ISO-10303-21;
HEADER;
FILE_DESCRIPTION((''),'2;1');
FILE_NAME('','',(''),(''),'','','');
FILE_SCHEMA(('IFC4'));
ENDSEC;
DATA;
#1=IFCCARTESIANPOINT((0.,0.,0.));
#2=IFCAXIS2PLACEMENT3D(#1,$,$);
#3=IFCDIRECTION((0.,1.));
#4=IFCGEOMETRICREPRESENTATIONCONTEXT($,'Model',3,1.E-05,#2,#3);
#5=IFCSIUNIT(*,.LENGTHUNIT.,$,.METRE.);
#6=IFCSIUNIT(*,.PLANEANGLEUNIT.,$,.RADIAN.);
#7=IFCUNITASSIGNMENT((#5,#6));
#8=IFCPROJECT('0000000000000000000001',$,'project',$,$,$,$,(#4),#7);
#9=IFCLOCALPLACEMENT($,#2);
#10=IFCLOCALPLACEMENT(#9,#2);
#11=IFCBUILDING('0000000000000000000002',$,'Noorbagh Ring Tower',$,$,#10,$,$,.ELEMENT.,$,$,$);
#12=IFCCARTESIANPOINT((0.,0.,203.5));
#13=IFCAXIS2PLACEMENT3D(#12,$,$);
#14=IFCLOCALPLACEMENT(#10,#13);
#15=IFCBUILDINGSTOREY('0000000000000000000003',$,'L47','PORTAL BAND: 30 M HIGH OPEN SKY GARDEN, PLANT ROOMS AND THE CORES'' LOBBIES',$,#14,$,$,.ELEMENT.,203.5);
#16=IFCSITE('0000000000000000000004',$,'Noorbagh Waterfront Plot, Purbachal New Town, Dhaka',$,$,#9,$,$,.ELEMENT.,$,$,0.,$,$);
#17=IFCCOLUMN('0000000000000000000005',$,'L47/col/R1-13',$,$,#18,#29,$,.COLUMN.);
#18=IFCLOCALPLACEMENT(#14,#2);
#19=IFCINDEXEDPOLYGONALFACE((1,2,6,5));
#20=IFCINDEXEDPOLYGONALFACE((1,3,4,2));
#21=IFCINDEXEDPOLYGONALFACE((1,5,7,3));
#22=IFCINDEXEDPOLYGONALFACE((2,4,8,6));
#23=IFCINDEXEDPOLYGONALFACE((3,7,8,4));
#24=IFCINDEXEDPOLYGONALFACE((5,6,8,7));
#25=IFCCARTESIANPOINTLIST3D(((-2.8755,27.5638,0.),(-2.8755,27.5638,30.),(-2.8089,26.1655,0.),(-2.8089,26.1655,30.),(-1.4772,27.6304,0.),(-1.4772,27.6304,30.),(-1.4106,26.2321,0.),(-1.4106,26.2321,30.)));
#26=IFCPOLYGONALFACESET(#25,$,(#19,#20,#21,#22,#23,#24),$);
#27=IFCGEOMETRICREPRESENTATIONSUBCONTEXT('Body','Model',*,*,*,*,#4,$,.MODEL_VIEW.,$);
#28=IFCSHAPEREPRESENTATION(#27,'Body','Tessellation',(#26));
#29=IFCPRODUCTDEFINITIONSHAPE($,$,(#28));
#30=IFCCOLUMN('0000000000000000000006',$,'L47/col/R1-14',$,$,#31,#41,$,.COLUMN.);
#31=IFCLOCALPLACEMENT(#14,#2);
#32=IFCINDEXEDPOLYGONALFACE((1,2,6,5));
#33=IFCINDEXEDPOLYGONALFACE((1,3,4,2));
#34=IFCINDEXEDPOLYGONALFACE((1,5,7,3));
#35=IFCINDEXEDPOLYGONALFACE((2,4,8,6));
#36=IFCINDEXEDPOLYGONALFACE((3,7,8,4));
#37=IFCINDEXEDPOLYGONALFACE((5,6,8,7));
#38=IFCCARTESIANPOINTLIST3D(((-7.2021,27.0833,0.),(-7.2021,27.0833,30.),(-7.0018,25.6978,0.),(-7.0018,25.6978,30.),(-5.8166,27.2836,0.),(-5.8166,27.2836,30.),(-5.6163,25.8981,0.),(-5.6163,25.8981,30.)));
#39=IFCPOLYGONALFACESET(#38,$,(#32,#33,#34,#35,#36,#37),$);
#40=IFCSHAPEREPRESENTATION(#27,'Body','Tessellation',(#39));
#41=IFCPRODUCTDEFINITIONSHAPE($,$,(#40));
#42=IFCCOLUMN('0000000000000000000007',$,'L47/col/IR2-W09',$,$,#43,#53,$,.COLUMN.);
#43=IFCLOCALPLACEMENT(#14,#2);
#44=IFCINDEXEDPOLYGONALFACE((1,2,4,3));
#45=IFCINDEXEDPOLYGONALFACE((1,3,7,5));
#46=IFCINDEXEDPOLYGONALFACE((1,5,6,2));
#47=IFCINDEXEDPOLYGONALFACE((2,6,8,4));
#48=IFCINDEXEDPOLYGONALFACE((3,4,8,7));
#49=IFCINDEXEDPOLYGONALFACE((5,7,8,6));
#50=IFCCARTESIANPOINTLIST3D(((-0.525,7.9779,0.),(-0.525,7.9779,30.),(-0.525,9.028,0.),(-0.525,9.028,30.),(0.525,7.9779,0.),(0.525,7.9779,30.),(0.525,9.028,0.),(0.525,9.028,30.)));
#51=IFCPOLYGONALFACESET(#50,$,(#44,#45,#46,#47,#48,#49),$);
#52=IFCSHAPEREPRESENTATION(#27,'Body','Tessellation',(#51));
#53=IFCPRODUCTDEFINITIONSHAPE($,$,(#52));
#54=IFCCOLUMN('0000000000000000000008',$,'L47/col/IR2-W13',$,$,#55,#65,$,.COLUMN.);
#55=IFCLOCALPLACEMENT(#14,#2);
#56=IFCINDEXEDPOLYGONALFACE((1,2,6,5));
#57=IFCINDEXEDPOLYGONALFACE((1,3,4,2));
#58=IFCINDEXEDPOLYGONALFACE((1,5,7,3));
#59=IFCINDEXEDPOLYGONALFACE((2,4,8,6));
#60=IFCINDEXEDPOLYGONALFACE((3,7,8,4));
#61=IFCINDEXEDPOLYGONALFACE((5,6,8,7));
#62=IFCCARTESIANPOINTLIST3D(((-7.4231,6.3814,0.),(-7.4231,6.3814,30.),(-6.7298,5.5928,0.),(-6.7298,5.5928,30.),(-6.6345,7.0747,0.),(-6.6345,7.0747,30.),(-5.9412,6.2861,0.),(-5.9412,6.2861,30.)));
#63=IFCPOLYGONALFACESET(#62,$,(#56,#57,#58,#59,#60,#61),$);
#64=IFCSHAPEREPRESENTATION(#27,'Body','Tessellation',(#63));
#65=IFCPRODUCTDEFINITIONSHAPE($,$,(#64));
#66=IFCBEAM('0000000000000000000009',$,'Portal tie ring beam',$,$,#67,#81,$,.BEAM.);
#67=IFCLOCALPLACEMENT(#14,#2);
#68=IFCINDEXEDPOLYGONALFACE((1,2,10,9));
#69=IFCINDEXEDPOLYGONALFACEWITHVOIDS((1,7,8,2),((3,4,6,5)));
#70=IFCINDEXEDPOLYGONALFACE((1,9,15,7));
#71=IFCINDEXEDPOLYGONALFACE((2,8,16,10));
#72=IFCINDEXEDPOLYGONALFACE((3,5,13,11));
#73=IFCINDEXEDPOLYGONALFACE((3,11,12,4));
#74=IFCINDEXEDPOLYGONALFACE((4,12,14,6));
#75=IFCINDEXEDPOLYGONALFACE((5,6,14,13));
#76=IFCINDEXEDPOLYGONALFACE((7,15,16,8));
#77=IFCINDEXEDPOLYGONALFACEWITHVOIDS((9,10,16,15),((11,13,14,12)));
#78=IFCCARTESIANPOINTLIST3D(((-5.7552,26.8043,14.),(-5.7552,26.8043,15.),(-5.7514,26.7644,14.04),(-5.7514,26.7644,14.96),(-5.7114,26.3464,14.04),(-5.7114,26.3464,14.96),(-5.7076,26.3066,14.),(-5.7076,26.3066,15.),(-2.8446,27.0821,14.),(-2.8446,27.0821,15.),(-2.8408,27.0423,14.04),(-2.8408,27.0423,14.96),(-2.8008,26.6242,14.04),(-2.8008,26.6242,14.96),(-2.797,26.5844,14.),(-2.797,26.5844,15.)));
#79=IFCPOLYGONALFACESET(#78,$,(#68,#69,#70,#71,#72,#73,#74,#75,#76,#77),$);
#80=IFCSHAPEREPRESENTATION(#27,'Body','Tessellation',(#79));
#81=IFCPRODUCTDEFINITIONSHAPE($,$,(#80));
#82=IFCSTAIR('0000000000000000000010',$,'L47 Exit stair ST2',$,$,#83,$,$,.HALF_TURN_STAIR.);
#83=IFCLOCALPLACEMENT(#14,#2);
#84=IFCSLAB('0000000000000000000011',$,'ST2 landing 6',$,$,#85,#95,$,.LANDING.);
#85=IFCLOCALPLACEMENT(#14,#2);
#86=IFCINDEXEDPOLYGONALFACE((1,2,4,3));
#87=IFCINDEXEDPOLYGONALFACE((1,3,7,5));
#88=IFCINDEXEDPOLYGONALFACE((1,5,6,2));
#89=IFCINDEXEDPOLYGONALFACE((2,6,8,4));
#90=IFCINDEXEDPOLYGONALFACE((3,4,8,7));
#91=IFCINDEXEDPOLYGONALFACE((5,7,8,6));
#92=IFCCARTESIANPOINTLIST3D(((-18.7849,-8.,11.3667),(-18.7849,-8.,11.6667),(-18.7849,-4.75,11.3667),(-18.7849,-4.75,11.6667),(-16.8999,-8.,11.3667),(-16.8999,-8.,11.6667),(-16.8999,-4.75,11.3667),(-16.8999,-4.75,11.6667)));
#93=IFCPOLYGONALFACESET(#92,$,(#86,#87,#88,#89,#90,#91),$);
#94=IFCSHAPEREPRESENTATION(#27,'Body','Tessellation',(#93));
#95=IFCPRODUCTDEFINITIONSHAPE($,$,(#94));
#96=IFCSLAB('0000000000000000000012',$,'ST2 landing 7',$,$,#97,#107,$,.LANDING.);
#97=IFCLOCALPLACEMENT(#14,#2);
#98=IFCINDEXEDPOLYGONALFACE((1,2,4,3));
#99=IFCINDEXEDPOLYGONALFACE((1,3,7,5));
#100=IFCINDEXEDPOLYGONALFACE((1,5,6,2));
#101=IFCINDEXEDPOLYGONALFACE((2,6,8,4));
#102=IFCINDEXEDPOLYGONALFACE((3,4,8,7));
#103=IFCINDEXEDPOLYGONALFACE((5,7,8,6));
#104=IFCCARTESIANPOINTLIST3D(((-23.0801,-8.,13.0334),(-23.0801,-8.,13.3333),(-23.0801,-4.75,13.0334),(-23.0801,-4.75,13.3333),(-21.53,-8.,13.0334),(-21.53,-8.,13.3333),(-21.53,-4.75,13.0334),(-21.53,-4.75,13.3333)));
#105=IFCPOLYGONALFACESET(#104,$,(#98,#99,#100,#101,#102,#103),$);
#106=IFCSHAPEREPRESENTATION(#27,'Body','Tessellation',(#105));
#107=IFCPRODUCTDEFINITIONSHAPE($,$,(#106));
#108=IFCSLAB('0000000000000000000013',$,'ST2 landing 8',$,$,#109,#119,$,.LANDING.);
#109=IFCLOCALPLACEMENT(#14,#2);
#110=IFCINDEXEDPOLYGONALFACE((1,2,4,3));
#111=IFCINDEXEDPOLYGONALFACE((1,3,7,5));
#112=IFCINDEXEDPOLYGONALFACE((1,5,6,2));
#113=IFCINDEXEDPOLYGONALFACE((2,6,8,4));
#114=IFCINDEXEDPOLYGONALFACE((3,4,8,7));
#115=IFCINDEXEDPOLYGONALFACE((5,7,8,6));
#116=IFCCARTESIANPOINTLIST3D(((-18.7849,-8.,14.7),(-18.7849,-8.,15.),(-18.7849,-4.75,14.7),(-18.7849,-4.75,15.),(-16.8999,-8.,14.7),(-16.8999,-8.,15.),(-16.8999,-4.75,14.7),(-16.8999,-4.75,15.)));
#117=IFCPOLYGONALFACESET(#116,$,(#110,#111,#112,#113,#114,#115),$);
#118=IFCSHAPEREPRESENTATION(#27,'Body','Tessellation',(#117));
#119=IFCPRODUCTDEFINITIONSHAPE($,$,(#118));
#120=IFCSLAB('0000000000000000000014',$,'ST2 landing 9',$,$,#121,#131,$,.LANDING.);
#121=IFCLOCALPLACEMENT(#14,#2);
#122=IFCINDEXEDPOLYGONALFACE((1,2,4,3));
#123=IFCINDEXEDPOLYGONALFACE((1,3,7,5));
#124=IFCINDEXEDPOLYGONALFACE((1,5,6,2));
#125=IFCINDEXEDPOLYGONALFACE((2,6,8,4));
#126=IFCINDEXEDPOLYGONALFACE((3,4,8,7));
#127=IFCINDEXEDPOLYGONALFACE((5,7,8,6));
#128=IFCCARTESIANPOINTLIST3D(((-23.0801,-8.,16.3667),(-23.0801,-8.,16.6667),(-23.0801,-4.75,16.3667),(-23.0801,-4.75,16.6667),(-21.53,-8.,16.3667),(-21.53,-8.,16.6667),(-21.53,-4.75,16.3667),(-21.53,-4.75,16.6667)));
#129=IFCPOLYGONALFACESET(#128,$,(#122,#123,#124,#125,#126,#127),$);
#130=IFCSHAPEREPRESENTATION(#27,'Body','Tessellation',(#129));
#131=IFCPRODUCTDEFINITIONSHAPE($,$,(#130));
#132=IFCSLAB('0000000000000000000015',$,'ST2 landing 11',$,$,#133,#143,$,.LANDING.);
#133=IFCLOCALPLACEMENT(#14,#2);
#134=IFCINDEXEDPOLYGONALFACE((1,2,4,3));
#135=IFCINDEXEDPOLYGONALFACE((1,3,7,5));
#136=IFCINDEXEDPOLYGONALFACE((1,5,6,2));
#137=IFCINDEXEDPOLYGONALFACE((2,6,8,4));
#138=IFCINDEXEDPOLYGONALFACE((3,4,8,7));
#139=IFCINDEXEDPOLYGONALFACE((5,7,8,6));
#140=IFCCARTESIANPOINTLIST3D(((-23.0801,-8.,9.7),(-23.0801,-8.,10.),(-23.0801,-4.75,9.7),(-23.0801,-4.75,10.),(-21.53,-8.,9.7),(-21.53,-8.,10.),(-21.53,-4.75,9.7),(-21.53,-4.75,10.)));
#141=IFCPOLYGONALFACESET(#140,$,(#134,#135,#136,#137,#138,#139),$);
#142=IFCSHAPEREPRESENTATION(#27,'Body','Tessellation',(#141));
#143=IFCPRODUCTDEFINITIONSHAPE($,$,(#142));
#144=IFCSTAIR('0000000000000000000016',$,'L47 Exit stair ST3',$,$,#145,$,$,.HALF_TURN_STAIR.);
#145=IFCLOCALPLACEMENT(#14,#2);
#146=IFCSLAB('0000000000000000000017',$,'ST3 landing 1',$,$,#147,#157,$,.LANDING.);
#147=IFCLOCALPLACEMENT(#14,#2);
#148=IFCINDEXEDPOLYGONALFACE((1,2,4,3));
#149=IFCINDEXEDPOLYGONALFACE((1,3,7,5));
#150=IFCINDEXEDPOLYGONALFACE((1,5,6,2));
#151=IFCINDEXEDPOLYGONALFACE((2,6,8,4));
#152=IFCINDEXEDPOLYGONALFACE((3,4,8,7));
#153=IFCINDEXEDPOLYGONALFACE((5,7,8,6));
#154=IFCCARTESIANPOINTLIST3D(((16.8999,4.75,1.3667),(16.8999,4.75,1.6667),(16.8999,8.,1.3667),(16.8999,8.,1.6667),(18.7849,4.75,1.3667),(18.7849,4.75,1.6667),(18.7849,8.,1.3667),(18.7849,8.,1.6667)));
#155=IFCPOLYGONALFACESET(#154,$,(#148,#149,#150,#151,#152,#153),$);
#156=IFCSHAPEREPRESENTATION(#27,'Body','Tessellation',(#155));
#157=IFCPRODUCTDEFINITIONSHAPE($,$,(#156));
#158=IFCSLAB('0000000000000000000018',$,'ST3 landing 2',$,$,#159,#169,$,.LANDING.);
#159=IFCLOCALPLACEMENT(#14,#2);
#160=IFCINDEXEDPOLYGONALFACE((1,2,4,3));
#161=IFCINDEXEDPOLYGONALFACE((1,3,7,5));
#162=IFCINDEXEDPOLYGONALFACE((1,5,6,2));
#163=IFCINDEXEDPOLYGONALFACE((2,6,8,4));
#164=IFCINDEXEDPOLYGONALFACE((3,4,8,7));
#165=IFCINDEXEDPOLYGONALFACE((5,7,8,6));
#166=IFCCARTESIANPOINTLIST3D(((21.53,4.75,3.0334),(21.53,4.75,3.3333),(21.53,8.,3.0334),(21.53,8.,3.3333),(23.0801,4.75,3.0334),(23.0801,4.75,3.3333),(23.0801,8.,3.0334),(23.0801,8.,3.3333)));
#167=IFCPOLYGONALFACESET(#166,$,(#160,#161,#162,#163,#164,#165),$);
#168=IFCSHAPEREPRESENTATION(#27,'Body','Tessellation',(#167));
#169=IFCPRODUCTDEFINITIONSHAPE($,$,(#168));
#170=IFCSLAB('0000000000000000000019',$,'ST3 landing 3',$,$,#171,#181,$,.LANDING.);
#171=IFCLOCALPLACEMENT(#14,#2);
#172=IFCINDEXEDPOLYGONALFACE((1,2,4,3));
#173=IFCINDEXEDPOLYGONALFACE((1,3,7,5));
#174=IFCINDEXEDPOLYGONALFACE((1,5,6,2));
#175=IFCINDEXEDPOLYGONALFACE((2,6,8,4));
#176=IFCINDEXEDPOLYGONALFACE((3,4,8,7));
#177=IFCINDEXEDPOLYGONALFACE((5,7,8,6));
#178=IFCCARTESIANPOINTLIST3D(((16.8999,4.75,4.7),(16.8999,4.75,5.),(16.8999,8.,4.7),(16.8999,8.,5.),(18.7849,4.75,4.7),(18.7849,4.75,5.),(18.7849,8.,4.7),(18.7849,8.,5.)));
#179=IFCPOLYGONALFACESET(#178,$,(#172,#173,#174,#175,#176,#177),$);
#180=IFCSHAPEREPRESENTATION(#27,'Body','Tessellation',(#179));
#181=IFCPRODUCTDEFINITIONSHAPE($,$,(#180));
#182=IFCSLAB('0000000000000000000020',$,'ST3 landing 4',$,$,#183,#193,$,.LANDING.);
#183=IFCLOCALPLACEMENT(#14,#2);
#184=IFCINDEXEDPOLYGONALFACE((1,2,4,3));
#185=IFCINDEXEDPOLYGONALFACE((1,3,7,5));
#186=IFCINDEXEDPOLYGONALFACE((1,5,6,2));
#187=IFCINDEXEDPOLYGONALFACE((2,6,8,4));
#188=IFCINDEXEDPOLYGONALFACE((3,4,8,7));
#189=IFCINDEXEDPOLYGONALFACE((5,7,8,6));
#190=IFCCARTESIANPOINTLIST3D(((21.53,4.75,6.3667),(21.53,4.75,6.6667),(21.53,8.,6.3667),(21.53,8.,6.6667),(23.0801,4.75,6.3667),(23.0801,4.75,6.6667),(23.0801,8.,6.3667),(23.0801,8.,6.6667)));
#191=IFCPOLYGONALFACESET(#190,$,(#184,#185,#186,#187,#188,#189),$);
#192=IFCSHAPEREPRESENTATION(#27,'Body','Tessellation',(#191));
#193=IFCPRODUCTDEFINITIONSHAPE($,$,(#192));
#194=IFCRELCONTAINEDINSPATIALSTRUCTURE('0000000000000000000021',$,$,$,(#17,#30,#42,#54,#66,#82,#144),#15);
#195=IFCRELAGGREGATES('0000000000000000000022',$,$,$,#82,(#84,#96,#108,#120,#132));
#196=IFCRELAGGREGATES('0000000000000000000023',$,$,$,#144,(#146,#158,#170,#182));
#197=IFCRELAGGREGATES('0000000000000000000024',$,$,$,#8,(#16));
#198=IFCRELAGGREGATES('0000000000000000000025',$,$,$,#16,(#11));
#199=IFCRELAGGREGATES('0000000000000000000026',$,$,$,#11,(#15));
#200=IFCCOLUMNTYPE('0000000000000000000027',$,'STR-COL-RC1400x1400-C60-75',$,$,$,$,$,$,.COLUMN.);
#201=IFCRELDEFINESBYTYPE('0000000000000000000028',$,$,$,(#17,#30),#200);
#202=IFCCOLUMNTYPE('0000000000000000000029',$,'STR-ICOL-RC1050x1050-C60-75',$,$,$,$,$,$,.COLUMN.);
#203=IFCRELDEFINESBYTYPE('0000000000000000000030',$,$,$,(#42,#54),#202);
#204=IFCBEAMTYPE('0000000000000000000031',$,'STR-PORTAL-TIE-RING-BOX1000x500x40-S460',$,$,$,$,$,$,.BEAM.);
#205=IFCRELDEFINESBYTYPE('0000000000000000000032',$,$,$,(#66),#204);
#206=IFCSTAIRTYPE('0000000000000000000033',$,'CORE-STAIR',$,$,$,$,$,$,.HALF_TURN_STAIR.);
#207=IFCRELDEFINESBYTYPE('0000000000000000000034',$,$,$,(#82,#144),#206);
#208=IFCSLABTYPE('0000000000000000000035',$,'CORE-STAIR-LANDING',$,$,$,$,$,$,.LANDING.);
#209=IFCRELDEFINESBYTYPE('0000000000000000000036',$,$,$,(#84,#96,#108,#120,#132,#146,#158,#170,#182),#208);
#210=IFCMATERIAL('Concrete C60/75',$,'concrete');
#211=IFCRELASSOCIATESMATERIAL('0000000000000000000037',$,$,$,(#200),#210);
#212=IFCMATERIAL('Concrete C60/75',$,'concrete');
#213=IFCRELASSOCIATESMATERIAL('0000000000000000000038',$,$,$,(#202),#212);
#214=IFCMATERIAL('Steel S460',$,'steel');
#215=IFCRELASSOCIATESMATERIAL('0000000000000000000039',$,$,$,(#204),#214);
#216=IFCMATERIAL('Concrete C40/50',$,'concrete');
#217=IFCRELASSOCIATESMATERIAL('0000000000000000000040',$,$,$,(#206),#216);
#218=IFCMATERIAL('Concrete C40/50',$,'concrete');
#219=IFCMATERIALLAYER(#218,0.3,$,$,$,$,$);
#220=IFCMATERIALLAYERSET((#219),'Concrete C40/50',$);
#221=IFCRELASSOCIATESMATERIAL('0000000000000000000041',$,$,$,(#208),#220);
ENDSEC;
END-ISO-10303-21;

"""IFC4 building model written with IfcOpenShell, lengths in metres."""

from ifc_helpers import new_model, si_unit, direction, frame, origin, origin_2d, place, context, subcontext, project, spatial, polyline, rectangle, hollow_rectangle, outline, extrude, material, layer, layer_set, material_profile, profile_set, type_object, element, aggregate, save


model = new_model("IFC4")

# Units and contexts
model_context = context("Model", 3, precision=1e-05, world=origin(), true_north=direction((0.0, 1.0)))
body_context = subcontext(model_context, "Body", "Model", "MODEL_VIEW")
ifc_project = project(units=[si_unit("LENGTHUNIT", "METRE"), si_unit("PLANEANGLEUNIT", "RADIAN")], contexts=[model_context])

# Site, building, storey
site_placement = place(None, origin())
site = spatial("IfcSite", under=ifc_project, at=site_placement, Name="Noorbagh Waterfront Plot, Purbachal New Town, Dhaka", CompositionType="ELEMENT", RefElevation=0.0)
building_placement = place(site_placement, origin())
building = spatial("IfcBuilding", under=site, at=building_placement, Name="Noorbagh Ring Tower", CompositionType="ELEMENT")
storey_placement = place(building_placement, frame((0.0, 0.0, 203.5)))
storey = spatial("IfcBuildingStorey", under=building, at=storey_placement, Name="L47", Description="PORTAL BAND: 30 M HIGH OPEN SKY GARDEN, PLANT ROOMS AND THE CORES' LOBBIES", CompositionType="ELEMENT", Elevation=203.5)

# Columns
ifc_material_1 = material(Name="Concrete C60/75", Category="concrete")
ifc_material_profile_1 = material_profile(ifc_material_1, rectangle(XDim=1.3999, YDim=1.3999, at=origin_2d()), Name="RC1400x1400")
ifc_profile_set_1 = profile_set([ifc_material_profile_1], Name="Concrete C60/75")
column_type_1 = type_object("IfcColumnType", Name="STR-COL-RC1400x1400-C60-75", PredefinedType="COLUMN", material=ifc_profile_set_1)
for number, where, z_axis, x_axis, name in (
    (1, (-2.1431, 26.8979, 0.0), (0.0, 0.0, 1.0), (-0.998869, -0.047553, 0.0), "L47/col/R1-13"),
    (2, (-6.4092, 26.4907, 0.0), (0.0, 0.0, 1.0), (-0.989713, -0.143066, 0.0), "L47/col/R1-14"),
):
    element("IfcColumn", number, at=place(storey_placement, frame(where, z_axis=z_axis, x_axis=x_axis)), inside=storey, type_object=column_type_1, Name=name, PredefinedType="COLUMN", context=body_context, shape_type="SweptSolid", body=[
        extrude(rectangle(XDim=1.3999, YDim=1.3999, at=origin_2d()), origin(), (0.0, 0.0, 1.0), 30.0),
    ])
ifc_material_2 = material(Name="Concrete C60/75", Category="concrete")
ifc_material_profile_2 = material_profile(ifc_material_2, rectangle(XDim=1.05, YDim=1.05, at=origin_2d()), Name="RC1050x1050")
ifc_profile_set_2 = profile_set([ifc_material_profile_2], Name="Concrete C60/75")
column_type_2 = type_object("IfcColumnType", Name="STR-ICOL-RC1050x1050-C60-75", PredefinedType="COLUMN", material=ifc_profile_set_2)
for number, where, z_axis, x_axis, name in (
    (3, (0.0, 8.5029, 0.0), (0.0, 0.0, 1.0), (-1.0, 0.0, 0.0), "L47/col/IR2-W09"),
    (4, (-6.6821, 6.3337, 0.0), (0.0, 0.0, 1.0), (-0.751022, -0.660277, 0.0), "L47/col/IR2-W13"),
):
    element("IfcColumn", number, at=place(storey_placement, frame(where, z_axis=z_axis, x_axis=x_axis)), inside=storey, type_object=column_type_2, Name=name, PredefinedType="COLUMN", context=body_context, shape_type="SweptSolid", body=[
        extrude(rectangle(XDim=1.05, YDim=1.05, at=origin_2d()), origin(), (0.0, 0.0, 1.0), 30.0),
    ])

# Beam
ifc_material_3 = material(Name="Steel S460", Category="steel")
ifc_material_profile_3 = material_profile(ifc_material_3, hollow_rectangle(XDim=0.5, YDim=1.0, WallThickness=0.04, at=origin_2d()), Name="BOX1000x500x40")
ifc_profile_set_3 = profile_set([ifc_material_profile_3], Name="Steel S460")
beam_type = type_object("IfcBeamType", Name="STR-PORTAL-TIE-RING-BOX1000x500x40-S460", PredefinedType="BEAM", material=ifc_profile_set_3)
beam_placement = place(storey_placement, frame((-2.8208, 26.8333, 14.5), z_axis=(-0.995475, -0.095022, 0.0), x_axis=(0.095022, -0.995475, 0.0)))
element("IfcBeam", 5, at=beam_placement, inside=storey, type_object=beam_type, Name="Portal tie ring beam", PredefinedType="BEAM", context=body_context, shape_type="SweptSolid", body=[
    extrude(hollow_rectangle(XDim=0.5, YDim=1.0, WallThickness=0.04, at=origin_2d()), origin(), (0.0, 0.0, 1.0), 2.9238),
])

# Stairs, slabs
ifc_material_4 = material(Name="Concrete C40/50", Category="concrete")
stair_type = type_object("IfcStairType", Name="CORE-STAIR", PredefinedType="HALF_TURN_STAIR", material=ifc_material_4)
stair_1_placement = place(storey_placement, origin())
stair_1 = element("IfcStair", 6, at=stair_1_placement, inside=storey, type_object=stair_type, Name="L47 Exit stair ST2", PredefinedType="HALF_TURN_STAIR")
ifc_material_5 = material(Name="Concrete C40/50", Category="concrete")
ifc_layer_1 = layer(ifc_material_5, 0.3)
ifc_layer_set_1 = layer_set([ifc_layer_1], Name="Concrete C40/50")
slab_type = type_object("IfcSlabType", Name="CORE-STAIR-LANDING", PredefinedType="LANDING", material=ifc_layer_set_1)
slab_1_placement = place(storey_placement, frame((0.0, 0.0, 11.3667)))
slab_1 = element("IfcSlab", 7, at=slab_1_placement, type_object=slab_type, Name="ST2 landing 6", PredefinedType="LANDING", context=body_context, shape_type="SweptSolid", body=[
    extrude(outline(polyline([(-18.7849, -8.0), (-16.8999, -8.0), (-16.8999, -4.75), (-18.7849, -4.75), (-18.7849, -8.0)])), origin(), (0.0, 0.0, 1.0), 0.3),
])
slab_2_placement = place(storey_placement, frame((0.0, 0.0, 13.0334)))
slab_2 = element("IfcSlab", 8, at=slab_2_placement, type_object=slab_type, Name="ST2 landing 7", PredefinedType="LANDING", context=body_context, shape_type="SweptSolid", body=[
    extrude(outline(polyline([(-23.0801, -8.0), (-21.53, -8.0), (-21.53, -4.75), (-23.0801, -4.75), (-23.0801, -8.0)])), origin(), (0.0, 0.0, 1.0), 0.2998),
])
slab_3_placement = place(storey_placement, frame((0.0, 0.0, 14.7)))
slab_3 = element("IfcSlab", 9, at=slab_3_placement, type_object=slab_type, Name="ST2 landing 8", PredefinedType="LANDING", context=body_context, shape_type="SweptSolid", body=[
    extrude(outline(polyline([(-18.7849, -8.0), (-16.8999, -8.0), (-16.8999, -4.75), (-18.7849, -4.75), (-18.7849, -8.0)])), origin(), (0.0, 0.0, 1.0), 0.3),
])
slab_4_placement = place(storey_placement, frame((0.0, 0.0, 16.3667)))
slab_4 = element("IfcSlab", 10, at=slab_4_placement, type_object=slab_type, Name="ST2 landing 9", PredefinedType="LANDING", context=body_context, shape_type="SweptSolid", body=[
    extrude(outline(polyline([(-23.0801, -8.0), (-21.53, -8.0), (-21.53, -4.75), (-23.0801, -4.75), (-23.0801, -8.0)])), origin(), (0.0, 0.0, 1.0), 0.3),
])
slab_5_placement = place(storey_placement, frame((0.0, 0.0, 9.7)))
slab_5 = element("IfcSlab", 11, at=slab_5_placement, type_object=slab_type, Name="ST2 landing 11", PredefinedType="LANDING", context=body_context, shape_type="SweptSolid", body=[
    extrude(outline(polyline([(-23.0801, -8.0), (-21.53, -8.0), (-21.53, -4.75), (-23.0801, -4.75), (-23.0801, -8.0)])), origin(), (0.0, 0.0, 1.0), 0.3),
])
aggregate(stair_1, [slab_1, slab_2, slab_3, slab_4, slab_5])
stair_2_placement = place(storey_placement, origin())
stair_2 = element("IfcStair", 12, at=stair_2_placement, inside=storey, type_object=stair_type, Name="L47 Exit stair ST3", PredefinedType="HALF_TURN_STAIR")
slab_6_placement = place(storey_placement, frame((0.0, 0.0, 1.3667)))
slab_6 = element("IfcSlab", 13, at=slab_6_placement, type_object=slab_type, Name="ST3 landing 1", PredefinedType="LANDING", context=body_context, shape_type="SweptSolid", body=[
    extrude(outline(polyline([(18.7849, 8.0), (16.8999, 8.0), (16.8999, 4.75), (18.7849, 4.75), (18.7849, 8.0)])), origin(), (0.0, 0.0, 1.0), 0.3),
])
slab_7_placement = place(storey_placement, frame((0.0, 0.0, 3.0334)))
slab_7 = element("IfcSlab", 14, at=slab_7_placement, type_object=slab_type, Name="ST3 landing 2", PredefinedType="LANDING", context=body_context, shape_type="SweptSolid", body=[
    extrude(outline(polyline([(23.0801, 8.0), (21.53, 8.0), (21.53, 4.75), (23.0801, 4.75), (23.0801, 8.0)])), origin(), (0.0, 0.0, 1.0), 0.2998),
])
slab_8_placement = place(storey_placement, frame((0.0, 0.0, 4.7)))
slab_8 = element("IfcSlab", 15, at=slab_8_placement, type_object=slab_type, Name="ST3 landing 3", PredefinedType="LANDING", context=body_context, shape_type="SweptSolid", body=[
    extrude(outline(polyline([(18.7849, 8.0), (16.8999, 8.0), (16.8999, 4.75), (18.7849, 4.75), (18.7849, 8.0)])), origin(), (0.0, 0.0, 1.0), 0.3),
])
slab_9_placement = place(storey_placement, frame((0.0, 0.0, 6.3667)))
slab_9 = element("IfcSlab", 16, at=slab_9_placement, type_object=slab_type, Name="ST3 landing 4", PredefinedType="LANDING", context=body_context, shape_type="SweptSolid", body=[
    extrude(outline(polyline([(23.0801, 8.0), (21.53, 8.0), (21.53, 4.75), (23.0801, 4.75), (23.0801, 8.0)])), origin(), (0.0, 0.0, 1.0), 0.3),
])
aggregate(stair_2, [slab_6, slab_7, slab_8, slab_9])

save(model, "model.ifc")
